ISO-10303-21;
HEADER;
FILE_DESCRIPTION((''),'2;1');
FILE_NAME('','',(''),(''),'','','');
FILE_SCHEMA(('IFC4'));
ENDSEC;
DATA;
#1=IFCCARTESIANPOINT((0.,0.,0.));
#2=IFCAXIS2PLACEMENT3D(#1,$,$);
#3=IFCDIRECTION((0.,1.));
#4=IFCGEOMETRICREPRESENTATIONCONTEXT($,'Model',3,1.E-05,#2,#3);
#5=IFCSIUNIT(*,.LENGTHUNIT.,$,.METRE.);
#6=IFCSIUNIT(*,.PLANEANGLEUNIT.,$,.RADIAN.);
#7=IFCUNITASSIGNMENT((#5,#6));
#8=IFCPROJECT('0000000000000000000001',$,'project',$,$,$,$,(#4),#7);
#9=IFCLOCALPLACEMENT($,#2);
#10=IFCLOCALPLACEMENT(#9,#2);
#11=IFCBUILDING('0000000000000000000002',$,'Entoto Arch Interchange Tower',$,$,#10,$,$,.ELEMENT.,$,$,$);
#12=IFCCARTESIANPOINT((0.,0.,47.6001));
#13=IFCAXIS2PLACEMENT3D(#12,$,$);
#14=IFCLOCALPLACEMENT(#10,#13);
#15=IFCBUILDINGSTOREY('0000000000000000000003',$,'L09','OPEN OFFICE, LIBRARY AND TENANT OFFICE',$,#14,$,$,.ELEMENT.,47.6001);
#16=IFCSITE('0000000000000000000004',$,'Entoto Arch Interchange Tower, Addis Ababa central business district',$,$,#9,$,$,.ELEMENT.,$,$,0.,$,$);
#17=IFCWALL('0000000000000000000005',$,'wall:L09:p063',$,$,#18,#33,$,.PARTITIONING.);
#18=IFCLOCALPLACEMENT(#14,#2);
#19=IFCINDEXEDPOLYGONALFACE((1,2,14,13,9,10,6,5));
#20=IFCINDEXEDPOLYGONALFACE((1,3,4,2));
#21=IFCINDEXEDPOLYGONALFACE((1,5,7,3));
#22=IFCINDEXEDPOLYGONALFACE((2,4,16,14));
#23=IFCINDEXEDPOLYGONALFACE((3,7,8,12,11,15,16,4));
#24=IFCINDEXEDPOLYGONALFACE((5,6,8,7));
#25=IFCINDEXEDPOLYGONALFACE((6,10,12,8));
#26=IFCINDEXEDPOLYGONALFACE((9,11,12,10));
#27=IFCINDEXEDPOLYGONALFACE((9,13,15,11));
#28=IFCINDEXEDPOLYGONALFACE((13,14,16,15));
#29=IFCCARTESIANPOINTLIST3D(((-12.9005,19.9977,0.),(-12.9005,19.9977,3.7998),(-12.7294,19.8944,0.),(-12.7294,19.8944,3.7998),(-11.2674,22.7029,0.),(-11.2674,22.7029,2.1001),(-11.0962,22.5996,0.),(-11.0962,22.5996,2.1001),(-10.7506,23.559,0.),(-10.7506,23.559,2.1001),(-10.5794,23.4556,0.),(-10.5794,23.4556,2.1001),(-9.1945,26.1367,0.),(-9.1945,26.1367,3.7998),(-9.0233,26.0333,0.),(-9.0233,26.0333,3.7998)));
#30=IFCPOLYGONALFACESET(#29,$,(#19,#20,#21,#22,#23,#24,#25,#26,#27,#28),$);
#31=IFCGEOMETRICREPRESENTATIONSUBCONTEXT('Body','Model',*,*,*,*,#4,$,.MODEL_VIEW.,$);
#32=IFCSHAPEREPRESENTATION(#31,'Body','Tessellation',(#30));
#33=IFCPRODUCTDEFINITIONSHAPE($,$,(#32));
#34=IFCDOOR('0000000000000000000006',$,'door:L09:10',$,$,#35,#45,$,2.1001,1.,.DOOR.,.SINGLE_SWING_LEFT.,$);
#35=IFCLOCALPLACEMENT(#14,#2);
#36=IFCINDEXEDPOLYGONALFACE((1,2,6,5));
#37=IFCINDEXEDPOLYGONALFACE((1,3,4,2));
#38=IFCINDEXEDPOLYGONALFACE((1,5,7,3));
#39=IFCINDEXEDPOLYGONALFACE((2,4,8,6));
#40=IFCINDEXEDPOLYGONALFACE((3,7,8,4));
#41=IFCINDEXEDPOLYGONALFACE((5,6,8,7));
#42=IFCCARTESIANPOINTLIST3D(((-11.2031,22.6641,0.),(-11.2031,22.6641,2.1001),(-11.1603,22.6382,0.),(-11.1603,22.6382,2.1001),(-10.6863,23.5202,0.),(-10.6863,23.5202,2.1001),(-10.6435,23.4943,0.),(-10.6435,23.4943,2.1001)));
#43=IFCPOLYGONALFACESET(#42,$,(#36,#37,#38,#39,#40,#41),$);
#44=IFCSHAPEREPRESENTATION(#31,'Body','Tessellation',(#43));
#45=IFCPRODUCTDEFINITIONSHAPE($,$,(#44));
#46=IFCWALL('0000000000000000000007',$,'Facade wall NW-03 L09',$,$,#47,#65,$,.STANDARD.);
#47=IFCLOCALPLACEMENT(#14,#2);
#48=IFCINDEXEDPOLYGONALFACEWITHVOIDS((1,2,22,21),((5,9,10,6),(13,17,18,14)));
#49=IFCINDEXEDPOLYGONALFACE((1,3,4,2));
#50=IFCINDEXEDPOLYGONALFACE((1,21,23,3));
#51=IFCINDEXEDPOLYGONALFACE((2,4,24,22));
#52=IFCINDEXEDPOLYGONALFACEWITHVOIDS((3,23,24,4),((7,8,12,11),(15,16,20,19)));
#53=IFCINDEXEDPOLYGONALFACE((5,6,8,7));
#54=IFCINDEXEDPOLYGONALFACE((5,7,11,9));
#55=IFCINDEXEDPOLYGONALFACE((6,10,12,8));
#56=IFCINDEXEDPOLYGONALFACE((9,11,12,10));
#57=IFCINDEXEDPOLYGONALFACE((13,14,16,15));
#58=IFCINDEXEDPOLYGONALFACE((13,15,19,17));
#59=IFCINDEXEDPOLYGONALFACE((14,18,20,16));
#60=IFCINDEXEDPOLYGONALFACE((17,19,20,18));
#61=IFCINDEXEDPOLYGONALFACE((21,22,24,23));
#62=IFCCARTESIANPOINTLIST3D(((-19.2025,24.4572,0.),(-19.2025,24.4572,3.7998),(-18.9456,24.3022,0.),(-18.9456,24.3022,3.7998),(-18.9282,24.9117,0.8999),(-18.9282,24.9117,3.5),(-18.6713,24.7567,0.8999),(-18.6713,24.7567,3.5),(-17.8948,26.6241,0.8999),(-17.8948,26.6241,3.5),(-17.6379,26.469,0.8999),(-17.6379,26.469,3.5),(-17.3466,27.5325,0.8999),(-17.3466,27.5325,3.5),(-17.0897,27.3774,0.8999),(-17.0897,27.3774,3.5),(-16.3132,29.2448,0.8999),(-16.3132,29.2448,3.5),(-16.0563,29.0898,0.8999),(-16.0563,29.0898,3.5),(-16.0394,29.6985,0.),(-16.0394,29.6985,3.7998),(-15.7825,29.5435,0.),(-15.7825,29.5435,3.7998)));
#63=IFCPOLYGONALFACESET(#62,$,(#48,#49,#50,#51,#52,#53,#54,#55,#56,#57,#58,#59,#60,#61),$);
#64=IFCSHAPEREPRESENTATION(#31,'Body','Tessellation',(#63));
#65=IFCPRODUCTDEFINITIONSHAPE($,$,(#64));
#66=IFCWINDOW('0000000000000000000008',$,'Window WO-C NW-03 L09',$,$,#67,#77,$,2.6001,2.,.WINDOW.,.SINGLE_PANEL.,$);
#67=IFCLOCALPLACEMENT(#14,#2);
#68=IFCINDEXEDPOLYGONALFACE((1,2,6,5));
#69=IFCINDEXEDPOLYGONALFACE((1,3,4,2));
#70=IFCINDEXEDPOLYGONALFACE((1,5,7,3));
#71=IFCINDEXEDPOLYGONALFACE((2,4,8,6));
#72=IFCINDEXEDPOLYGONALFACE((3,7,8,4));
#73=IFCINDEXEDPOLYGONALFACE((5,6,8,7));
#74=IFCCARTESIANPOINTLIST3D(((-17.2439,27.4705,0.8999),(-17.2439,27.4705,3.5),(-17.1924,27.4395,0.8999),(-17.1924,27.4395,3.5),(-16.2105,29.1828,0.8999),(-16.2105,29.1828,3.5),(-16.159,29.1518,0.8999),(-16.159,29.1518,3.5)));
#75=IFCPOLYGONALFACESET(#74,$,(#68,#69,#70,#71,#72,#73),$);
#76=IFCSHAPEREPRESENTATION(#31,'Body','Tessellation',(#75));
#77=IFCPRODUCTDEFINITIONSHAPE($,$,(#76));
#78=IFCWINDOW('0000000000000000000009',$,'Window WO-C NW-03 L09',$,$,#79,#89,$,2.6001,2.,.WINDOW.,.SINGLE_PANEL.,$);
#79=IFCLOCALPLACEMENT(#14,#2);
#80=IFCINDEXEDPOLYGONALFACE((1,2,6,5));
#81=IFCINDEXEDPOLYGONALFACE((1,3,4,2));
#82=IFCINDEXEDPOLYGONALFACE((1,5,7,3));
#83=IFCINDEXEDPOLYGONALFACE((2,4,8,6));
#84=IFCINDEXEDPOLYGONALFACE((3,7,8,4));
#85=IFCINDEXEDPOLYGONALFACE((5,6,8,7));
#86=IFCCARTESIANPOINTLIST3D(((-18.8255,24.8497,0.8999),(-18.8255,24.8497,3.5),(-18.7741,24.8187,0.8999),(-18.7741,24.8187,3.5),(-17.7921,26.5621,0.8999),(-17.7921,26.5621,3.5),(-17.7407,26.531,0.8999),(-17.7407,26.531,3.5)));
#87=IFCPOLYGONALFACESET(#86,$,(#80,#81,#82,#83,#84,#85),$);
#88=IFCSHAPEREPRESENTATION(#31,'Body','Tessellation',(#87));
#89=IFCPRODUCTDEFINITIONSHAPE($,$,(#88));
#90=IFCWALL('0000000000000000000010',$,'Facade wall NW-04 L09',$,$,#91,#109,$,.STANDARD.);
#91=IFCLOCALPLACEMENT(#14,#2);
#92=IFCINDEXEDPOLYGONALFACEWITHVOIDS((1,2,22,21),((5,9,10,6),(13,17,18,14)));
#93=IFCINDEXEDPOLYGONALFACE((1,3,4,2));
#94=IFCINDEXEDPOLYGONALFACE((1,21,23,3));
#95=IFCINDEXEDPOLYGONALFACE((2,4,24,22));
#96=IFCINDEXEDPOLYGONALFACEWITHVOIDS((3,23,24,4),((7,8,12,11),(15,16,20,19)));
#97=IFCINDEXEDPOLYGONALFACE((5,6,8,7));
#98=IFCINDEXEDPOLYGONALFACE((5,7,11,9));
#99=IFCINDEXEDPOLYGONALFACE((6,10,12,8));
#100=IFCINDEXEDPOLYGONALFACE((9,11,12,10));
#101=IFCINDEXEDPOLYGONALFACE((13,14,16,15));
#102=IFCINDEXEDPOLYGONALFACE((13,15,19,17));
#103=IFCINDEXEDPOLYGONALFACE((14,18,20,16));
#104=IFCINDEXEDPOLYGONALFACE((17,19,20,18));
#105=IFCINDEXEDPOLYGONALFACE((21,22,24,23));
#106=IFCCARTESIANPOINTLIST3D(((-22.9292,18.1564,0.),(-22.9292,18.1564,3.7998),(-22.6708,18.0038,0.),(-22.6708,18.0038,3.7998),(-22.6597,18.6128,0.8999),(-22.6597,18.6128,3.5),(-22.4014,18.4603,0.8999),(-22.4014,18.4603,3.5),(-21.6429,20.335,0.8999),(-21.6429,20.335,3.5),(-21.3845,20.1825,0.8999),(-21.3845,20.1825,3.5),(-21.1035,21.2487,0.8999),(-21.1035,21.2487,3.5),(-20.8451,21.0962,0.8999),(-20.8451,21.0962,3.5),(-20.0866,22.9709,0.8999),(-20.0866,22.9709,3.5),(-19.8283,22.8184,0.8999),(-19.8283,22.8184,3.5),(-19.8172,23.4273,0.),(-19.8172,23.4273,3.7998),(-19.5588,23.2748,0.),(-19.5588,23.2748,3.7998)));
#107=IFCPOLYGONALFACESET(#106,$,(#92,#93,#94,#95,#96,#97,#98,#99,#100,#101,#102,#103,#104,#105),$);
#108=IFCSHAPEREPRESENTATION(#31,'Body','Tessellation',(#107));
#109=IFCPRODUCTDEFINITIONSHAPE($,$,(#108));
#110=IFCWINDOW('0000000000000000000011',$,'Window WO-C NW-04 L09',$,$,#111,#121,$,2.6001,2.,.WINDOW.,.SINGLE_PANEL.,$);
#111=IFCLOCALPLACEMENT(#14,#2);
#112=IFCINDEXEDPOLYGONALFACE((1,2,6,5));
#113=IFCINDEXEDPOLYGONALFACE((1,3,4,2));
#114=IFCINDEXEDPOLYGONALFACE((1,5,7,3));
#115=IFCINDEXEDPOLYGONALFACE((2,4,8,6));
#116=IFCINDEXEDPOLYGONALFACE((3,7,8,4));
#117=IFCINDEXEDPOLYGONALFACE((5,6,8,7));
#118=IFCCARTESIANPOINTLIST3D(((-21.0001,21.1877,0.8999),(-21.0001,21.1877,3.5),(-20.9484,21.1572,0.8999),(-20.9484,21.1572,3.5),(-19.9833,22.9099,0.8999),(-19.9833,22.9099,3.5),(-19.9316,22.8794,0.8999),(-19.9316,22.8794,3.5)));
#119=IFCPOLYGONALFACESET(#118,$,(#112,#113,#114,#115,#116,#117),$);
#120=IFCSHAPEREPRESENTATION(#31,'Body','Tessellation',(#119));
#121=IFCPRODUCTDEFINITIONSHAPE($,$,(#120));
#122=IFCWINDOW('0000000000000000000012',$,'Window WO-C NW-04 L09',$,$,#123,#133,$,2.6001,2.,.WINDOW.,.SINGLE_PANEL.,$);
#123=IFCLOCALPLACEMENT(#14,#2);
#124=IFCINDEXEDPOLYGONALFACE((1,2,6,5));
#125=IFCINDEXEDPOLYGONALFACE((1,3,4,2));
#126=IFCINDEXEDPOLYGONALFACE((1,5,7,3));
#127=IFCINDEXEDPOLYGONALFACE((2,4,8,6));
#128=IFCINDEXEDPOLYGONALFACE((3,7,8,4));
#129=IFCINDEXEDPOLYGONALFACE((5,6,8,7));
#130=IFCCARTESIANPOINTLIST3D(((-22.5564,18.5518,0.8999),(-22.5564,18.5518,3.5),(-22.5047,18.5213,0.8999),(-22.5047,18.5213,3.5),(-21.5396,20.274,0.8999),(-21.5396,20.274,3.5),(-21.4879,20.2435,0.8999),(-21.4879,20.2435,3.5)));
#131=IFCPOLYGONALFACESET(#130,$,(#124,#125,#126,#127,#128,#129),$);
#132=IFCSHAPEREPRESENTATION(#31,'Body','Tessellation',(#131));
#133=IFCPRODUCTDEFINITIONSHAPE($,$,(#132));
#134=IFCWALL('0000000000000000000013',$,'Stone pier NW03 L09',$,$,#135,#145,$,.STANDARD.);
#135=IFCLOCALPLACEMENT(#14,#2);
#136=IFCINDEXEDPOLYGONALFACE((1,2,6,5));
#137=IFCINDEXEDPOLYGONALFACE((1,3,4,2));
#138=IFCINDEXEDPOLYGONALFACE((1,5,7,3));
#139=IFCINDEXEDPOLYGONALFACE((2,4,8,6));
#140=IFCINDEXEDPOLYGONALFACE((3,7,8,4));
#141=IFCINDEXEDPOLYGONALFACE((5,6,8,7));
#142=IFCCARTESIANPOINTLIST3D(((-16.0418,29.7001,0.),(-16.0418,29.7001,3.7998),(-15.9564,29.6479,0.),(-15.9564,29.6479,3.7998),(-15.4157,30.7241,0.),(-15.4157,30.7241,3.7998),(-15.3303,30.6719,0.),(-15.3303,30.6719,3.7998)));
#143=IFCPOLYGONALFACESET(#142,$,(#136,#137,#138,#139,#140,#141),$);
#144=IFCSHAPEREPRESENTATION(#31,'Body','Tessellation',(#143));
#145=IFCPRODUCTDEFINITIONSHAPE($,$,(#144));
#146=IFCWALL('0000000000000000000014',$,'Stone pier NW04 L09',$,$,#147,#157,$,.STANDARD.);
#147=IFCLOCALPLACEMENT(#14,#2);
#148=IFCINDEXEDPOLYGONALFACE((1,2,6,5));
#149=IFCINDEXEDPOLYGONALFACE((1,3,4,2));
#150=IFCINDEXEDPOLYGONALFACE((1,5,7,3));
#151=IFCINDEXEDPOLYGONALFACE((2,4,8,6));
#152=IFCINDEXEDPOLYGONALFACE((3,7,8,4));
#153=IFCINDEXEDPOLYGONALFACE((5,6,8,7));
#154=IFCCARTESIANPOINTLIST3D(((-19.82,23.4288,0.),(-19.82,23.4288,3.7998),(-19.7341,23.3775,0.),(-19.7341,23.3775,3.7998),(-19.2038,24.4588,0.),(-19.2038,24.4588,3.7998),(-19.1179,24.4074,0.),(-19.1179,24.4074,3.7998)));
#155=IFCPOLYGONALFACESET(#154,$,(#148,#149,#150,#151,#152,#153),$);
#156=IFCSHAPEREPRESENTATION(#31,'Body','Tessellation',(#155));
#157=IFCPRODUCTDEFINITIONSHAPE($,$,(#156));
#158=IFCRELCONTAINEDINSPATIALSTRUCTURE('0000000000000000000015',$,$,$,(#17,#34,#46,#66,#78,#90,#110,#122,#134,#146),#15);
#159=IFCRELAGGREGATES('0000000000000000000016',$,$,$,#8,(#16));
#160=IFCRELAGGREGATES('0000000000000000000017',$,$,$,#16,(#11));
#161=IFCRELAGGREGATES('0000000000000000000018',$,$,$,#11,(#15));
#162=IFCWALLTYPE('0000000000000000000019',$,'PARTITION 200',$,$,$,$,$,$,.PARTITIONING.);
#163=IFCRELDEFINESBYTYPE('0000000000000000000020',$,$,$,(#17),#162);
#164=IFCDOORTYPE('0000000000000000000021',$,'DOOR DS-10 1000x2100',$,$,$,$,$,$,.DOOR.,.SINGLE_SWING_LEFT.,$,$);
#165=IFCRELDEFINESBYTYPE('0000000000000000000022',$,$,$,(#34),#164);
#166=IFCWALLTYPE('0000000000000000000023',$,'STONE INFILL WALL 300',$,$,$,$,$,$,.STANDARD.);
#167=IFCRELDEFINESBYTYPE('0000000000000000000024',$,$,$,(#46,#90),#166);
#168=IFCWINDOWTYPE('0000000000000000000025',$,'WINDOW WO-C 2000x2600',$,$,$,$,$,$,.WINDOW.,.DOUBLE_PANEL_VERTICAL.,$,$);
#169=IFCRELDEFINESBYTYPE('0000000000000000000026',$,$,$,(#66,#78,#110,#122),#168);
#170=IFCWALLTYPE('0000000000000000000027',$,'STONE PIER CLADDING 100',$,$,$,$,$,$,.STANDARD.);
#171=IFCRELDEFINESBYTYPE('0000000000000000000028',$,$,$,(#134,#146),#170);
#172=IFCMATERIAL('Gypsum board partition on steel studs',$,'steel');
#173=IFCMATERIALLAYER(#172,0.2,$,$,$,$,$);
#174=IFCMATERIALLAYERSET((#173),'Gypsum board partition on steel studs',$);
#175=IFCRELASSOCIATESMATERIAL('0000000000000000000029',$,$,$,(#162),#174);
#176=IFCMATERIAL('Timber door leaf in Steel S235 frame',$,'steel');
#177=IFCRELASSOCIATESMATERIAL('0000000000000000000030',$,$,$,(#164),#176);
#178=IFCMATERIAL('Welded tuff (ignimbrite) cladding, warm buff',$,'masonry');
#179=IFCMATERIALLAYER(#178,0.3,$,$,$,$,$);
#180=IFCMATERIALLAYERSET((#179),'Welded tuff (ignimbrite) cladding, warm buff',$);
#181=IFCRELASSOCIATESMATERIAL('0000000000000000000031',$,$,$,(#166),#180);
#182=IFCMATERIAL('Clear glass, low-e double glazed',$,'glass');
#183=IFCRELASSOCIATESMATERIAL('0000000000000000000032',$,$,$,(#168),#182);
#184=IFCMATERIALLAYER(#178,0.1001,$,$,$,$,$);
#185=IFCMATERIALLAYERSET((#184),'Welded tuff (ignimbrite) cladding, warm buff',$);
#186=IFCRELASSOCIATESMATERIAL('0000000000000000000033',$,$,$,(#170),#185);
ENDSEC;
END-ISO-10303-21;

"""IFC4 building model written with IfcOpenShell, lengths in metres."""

from ifc_helpers import new_model, si_unit, direction, frame, frame_2d, origin, place, context, subcontext, project, spatial, rectangle, extrude, material, layer, layer_set, type_object, element, fill, save


model = new_model("IFC4")

# Units and contexts
model_context = context("Model", 3, precision=1e-05, world=origin(), true_north=direction((0.0, 1.0)))
body_context = subcontext(model_context, "Body", "Model", "MODEL_VIEW")
ifc_project = project(units=[si_unit("LENGTHUNIT", "METRE"), si_unit("PLANEANGLEUNIT", "RADIAN")], contexts=[model_context])

# Site, building, storey
site_placement = place(None, origin())
site = spatial("IfcSite", under=ifc_project, at=site_placement, Name="Entoto Arch Interchange Tower, Addis Ababa central business district", CompositionType="ELEMENT", RefElevation=0.0)
building_placement = place(site_placement, origin())
building = spatial("IfcBuilding", under=site, at=building_placement, Name="Entoto Arch Interchange Tower", CompositionType="ELEMENT")
storey_placement = place(building_placement, frame((0.0, 0.0, 47.6001)))
storey = spatial("IfcBuildingStorey", under=building, at=storey_placement, Name="L09", Description="OPEN OFFICE, LIBRARY AND TENANT OFFICE", CompositionType="ELEMENT", Elevation=47.6001)

# Shared definitions
ifc_material_1 = material(Name="Gypsum board partition on steel studs", Category="steel")
ifc_layer_1 = layer(ifc_material_1, 0.2)
ifc_layer_set_1 = layer_set([ifc_layer_1], Name="Gypsum board partition on steel studs")
wall_type_1 = type_object("IfcWallType", Name="PARTITION 200", PredefinedType="PARTITIONING", material=ifc_layer_set_1)

# Shared definitions
ifc_material_2 = material(Name="Timber door leaf in Steel S235 frame", Category="steel")
door_type = type_object("IfcDoorType", Name="DOOR DS-10 1000x2100", OperationType="SINGLE_SWING_LEFT", PredefinedType="DOOR", material=ifc_material_2)

# Wall, opening, door
wall_1_placement = place(storey_placement, frame((-12.8149, 19.946, 0.0), z_axis=(0.0, 0.0, 1.0), x_axis=(0.516822, 0.856093, 0.0)))
wall_1 = element("IfcWall", 1, at=wall_1_placement, inside=storey, type_object=wall_type_1, Name="wall:L09:p063", PredefinedType="PARTITIONING", context=body_context, shape_type="SweptSolid", body=[
    extrude(rectangle(XDim=7.1709, YDim=0.2, at=frame_2d((3.5854, 0.0))), origin(), (0.0, 0.0, 1.0), 3.7998),
])
opening_1_placement = place(wall_1_placement, frame((3.1599, 0.0, 0.0)))
opening_1 = element("IfcOpeningElement", 2, at=opening_1_placement, cuts=wall_1, PredefinedType="OPENING", context=body_context, shape_type="SweptSolid", body=[
    extrude(rectangle(XDim=1.0, YDim=2.1001, at=frame_2d((0.5, 1.05))), frame((0.0, 0.1099, 0.0), z_axis=(0.0, -1.0, 0.0), x_axis=(1.0, 0.0, 0.0)), (0.0, 0.0, 1.0), 0.22),
])
door_1_placement = place(opening_1_placement, origin())
door_1 = element("IfcDoor", 3, at=door_1_placement, inside=storey, type_object=door_type, Name="door:L09:10", OperationType="SINGLE_SWING_LEFT", OverallHeight=2.1001, OverallWidth=1.0, PredefinedType="DOOR", context=body_context, shape_type="SweptSolid", body=[
    extrude(rectangle(XDim=1.0, YDim=2.1001, at=frame_2d((0.5, 1.05))), frame((0.0, 0.0249, 0.0), z_axis=(0.0, -1.0, 0.0), x_axis=(1.0, 0.0, 0.0)), (0.0, 0.0, 1.0), 0.05),
])
fill(opening_1, door_1)

# Walls, openings, windows
ifc_material_3 = material(Name="Welded tuff (ignimbrite) cladding, warm buff", Category="masonry")
ifc_layer_2 = layer(ifc_material_3, 0.3)
ifc_layer_set_2 = layer_set([ifc_layer_2], Name="Welded tuff (ignimbrite) cladding, warm buff")
wall_type_2 = type_object("IfcWallType", Name="STONE INFILL WALL 300", PredefinedType="STANDARD", material=ifc_layer_set_2)
wall_2_placement = place(storey_placement, frame((-15.9109, 29.6211, 0.0), z_axis=(0.0, 0.0, 1.0), x_axis=(-0.516699, -0.856167, 0.0)))
wall_2 = element("IfcWall", 4, at=wall_2_placement, inside=storey, type_object=wall_type_2, Name="Facade wall NW-03 L09", PredefinedType="STANDARD", context=body_context, shape_type="SweptSolid", body=[
    extrude(rectangle(XDim=6.1218, YDim=0.3, at=frame_2d((3.061, 0.0))), origin(), (0.0, 0.0, 1.0), 3.7998),
])
opening_2_placement = place(wall_2_placement, frame((0.53, 0.0, 0.8999)))
opening_2 = element("IfcOpeningElement", 5, at=opening_2_placement, cuts=wall_2, PredefinedType="OPENING", context=body_context, shape_type="SweptSolid", body=[
    extrude(rectangle(XDim=2.0, YDim=2.6001, at=frame_2d((1.0, 1.3))), frame((0.0, 0.1602, 0.0), z_axis=(0.0, -1.0, 0.0), x_axis=(1.0, 0.0, 0.0)), (0.0, 0.0, 1.0), 0.3201),
])
opening_3_placement = place(wall_2_placement, frame((3.5911, 0.0, 0.8999)))
opening_3 = element("IfcOpeningElement", 6, at=opening_3_placement, cuts=wall_2, PredefinedType="OPENING", context=body_context, shape_type="SweptSolid", body=[
    extrude(rectangle(XDim=2.0, YDim=2.6001, at=frame_2d((1.0, 1.3))), frame((0.0, 0.1602, 0.0), z_axis=(0.0, -1.0, 0.0), x_axis=(1.0, 0.0, 0.0)), (0.0, 0.0, 1.0), 0.3201),
])
ifc_material_4 = material(Name="Clear glass, low-e double glazed", Category="glass")
window_type = type_object("IfcWindowType", Name="WINDOW WO-C 2000x2600", PartitioningType="DOUBLE_PANEL_VERTICAL", PredefinedType="WINDOW", material=ifc_material_4)
window_1_placement = place(opening_2_placement, origin())
window_1 = element("IfcWindow", 7, at=window_1_placement, inside=storey, type_object=window_type, Name="Window WO-C NW-03 L09", OverallHeight=2.6001, OverallWidth=2.0, PartitioningType="SINGLE_PANEL", PredefinedType="WINDOW", context=body_context, shape_type="SweptSolid", body=[
    extrude(rectangle(XDim=2.0, YDim=2.6001, at=frame_2d((1.0, 1.3))), frame((0.0, 0.03, 0.0), z_axis=(0.0, -1.0, 0.0), x_axis=(1.0, 0.0, 0.0)), (0.0, 0.0, 1.0), 0.0601),
])
fill(opening_2, window_1)
window_2_placement = place(opening_3_placement, origin())
window_2 = element("IfcWindow", 8, at=window_2_placement, inside=storey, type_object=window_type, Name="Window WO-C NW-03 L09", OverallHeight=2.6001, OverallWidth=2.0, PartitioningType="SINGLE_PANEL", PredefinedType="WINDOW", context=body_context, shape_type="SweptSolid", body=[
    extrude(rectangle(XDim=2.0, YDim=2.6001, at=frame_2d((1.0, 1.3))), frame((0.0, 0.03, 0.0), z_axis=(0.0, -1.0, 0.0), x_axis=(1.0, 0.0, 0.0)), (0.0, 0.0, 1.0), 0.0601),
])
fill(opening_3, window_2)
wall_3_placement = place(storey_placement, frame((-19.688, 23.3511, 0.0), z_axis=(0.0, 0.0, 1.0), x_axis=(-0.508412, -0.861114, 0.0)))
wall_3 = element("IfcWall", 9, at=wall_3_placement, inside=storey, type_object=wall_type_2, Name="Facade wall NW-04 L09", PredefinedType="STANDARD", context=body_context, shape_type="SweptSolid", body=[
    extrude(rectangle(XDim=6.1211, YDim=0.3, at=frame_2d((3.0605, 0.0))), origin(), (0.0, 0.0, 1.0), 3.7998),
])
opening_4_placement = place(wall_3_placement, frame((0.53, 0.0, 0.8999)))
opening_4 = element("IfcOpeningElement", 10, at=opening_4_placement, cuts=wall_3, PredefinedType="OPENING", context=body_context, shape_type="SweptSolid", body=[
    extrude(rectangle(XDim=2.0, YDim=2.6001, at=frame_2d((1.0, 1.3))), frame((0.0, 0.1602, 0.0), z_axis=(0.0, -1.0, 0.0), x_axis=(1.0, 0.0, 0.0)), (0.0, 0.0, 1.0), 0.3201),
])
opening_5_placement = place(wall_3_placement, frame((3.5911, 0.0, 0.8999)))
opening_5 = element("IfcOpeningElement", 11, at=opening_5_placement, cuts=wall_3, PredefinedType="OPENING", context=body_context, shape_type="SweptSolid", body=[
    extrude(rectangle(XDim=2.0, YDim=2.6001, at=frame_2d((1.0, 1.3))), frame((0.0, 0.1602, 0.0), z_axis=(0.0, -1.0, 0.0), x_axis=(1.0, 0.0, 0.0)), (0.0, 0.0, 1.0), 0.3201),
])
window_3_placement = place(opening_4_placement, origin())
window_3 = element("IfcWindow", 12, at=window_3_placement, inside=storey, type_object=window_type, Name="Window WO-C NW-04 L09", OverallHeight=2.6001, OverallWidth=2.0, PartitioningType="SINGLE_PANEL", PredefinedType="WINDOW", context=body_context, shape_type="SweptSolid", body=[
    extrude(rectangle(XDim=2.0, YDim=2.6001, at=frame_2d((1.0, 1.3))), frame((0.0, 0.03, 0.0), z_axis=(0.0, -1.0, 0.0), x_axis=(1.0, 0.0, 0.0)), (0.0, 0.0, 1.0), 0.0601),
])
fill(opening_4, window_3)
window_4_placement = place(opening_5_placement, origin())
window_4 = element("IfcWindow", 13, at=window_4_placement, inside=storey, type_object=window_type, Name="Window WO-C NW-04 L09", OverallHeight=2.6001, OverallWidth=2.0, PartitioningType="SINGLE_PANEL", PredefinedType="WINDOW", context=body_context, shape_type="SweptSolid", body=[
    extrude(rectangle(XDim=2.0, YDim=2.6001, at=frame_2d((1.0, 1.3))), frame((0.0, 0.03, 0.0), z_axis=(0.0, -1.0, 0.0), x_axis=(1.0, 0.0, 0.0)), (0.0, 0.0, 1.0), 0.0601),
])
fill(opening_5, window_4)

# Walls
ifc_layer_3 = layer(ifc_material_3, 0.1001)
ifc_layer_set_3 = layer_set([ifc_layer_3], Name="Welded tuff (ignimbrite) cladding, warm buff")
wall_type_3 = type_object("IfcWallType", Name="STONE PIER CLADDING 100", PredefinedType="STANDARD", material=ifc_layer_set_3)
for number, where, z_axis, x_axis, name in (
    (14, (-15.373, 30.698, 0.0), (0.0, 0.0, 1.0), (-0.521598, -0.853191, 0.0), "Stone pier NW03 L09"),
    (15, (-19.1609, 24.4331, 0.0), (0.0, 0.0, 1.0), (-0.513389, -0.858156, 0.0), "Stone pier NW04 L09"),
):
    element("IfcWall", number, at=place(storey_placement, frame(where, z_axis=z_axis, x_axis=x_axis)), inside=storey, type_object=wall_type_3, Name=name, PredefinedType="STANDARD", context=body_context, shape_type="SweptSolid", body=[
        extrude(rectangle(XDim=1.2002, YDim=0.1001, at=frame_2d((0.6001, 0.0))), origin(), (0.0, 0.0, 1.0), 3.7998),
    ])

save(model, "model.ifc")
